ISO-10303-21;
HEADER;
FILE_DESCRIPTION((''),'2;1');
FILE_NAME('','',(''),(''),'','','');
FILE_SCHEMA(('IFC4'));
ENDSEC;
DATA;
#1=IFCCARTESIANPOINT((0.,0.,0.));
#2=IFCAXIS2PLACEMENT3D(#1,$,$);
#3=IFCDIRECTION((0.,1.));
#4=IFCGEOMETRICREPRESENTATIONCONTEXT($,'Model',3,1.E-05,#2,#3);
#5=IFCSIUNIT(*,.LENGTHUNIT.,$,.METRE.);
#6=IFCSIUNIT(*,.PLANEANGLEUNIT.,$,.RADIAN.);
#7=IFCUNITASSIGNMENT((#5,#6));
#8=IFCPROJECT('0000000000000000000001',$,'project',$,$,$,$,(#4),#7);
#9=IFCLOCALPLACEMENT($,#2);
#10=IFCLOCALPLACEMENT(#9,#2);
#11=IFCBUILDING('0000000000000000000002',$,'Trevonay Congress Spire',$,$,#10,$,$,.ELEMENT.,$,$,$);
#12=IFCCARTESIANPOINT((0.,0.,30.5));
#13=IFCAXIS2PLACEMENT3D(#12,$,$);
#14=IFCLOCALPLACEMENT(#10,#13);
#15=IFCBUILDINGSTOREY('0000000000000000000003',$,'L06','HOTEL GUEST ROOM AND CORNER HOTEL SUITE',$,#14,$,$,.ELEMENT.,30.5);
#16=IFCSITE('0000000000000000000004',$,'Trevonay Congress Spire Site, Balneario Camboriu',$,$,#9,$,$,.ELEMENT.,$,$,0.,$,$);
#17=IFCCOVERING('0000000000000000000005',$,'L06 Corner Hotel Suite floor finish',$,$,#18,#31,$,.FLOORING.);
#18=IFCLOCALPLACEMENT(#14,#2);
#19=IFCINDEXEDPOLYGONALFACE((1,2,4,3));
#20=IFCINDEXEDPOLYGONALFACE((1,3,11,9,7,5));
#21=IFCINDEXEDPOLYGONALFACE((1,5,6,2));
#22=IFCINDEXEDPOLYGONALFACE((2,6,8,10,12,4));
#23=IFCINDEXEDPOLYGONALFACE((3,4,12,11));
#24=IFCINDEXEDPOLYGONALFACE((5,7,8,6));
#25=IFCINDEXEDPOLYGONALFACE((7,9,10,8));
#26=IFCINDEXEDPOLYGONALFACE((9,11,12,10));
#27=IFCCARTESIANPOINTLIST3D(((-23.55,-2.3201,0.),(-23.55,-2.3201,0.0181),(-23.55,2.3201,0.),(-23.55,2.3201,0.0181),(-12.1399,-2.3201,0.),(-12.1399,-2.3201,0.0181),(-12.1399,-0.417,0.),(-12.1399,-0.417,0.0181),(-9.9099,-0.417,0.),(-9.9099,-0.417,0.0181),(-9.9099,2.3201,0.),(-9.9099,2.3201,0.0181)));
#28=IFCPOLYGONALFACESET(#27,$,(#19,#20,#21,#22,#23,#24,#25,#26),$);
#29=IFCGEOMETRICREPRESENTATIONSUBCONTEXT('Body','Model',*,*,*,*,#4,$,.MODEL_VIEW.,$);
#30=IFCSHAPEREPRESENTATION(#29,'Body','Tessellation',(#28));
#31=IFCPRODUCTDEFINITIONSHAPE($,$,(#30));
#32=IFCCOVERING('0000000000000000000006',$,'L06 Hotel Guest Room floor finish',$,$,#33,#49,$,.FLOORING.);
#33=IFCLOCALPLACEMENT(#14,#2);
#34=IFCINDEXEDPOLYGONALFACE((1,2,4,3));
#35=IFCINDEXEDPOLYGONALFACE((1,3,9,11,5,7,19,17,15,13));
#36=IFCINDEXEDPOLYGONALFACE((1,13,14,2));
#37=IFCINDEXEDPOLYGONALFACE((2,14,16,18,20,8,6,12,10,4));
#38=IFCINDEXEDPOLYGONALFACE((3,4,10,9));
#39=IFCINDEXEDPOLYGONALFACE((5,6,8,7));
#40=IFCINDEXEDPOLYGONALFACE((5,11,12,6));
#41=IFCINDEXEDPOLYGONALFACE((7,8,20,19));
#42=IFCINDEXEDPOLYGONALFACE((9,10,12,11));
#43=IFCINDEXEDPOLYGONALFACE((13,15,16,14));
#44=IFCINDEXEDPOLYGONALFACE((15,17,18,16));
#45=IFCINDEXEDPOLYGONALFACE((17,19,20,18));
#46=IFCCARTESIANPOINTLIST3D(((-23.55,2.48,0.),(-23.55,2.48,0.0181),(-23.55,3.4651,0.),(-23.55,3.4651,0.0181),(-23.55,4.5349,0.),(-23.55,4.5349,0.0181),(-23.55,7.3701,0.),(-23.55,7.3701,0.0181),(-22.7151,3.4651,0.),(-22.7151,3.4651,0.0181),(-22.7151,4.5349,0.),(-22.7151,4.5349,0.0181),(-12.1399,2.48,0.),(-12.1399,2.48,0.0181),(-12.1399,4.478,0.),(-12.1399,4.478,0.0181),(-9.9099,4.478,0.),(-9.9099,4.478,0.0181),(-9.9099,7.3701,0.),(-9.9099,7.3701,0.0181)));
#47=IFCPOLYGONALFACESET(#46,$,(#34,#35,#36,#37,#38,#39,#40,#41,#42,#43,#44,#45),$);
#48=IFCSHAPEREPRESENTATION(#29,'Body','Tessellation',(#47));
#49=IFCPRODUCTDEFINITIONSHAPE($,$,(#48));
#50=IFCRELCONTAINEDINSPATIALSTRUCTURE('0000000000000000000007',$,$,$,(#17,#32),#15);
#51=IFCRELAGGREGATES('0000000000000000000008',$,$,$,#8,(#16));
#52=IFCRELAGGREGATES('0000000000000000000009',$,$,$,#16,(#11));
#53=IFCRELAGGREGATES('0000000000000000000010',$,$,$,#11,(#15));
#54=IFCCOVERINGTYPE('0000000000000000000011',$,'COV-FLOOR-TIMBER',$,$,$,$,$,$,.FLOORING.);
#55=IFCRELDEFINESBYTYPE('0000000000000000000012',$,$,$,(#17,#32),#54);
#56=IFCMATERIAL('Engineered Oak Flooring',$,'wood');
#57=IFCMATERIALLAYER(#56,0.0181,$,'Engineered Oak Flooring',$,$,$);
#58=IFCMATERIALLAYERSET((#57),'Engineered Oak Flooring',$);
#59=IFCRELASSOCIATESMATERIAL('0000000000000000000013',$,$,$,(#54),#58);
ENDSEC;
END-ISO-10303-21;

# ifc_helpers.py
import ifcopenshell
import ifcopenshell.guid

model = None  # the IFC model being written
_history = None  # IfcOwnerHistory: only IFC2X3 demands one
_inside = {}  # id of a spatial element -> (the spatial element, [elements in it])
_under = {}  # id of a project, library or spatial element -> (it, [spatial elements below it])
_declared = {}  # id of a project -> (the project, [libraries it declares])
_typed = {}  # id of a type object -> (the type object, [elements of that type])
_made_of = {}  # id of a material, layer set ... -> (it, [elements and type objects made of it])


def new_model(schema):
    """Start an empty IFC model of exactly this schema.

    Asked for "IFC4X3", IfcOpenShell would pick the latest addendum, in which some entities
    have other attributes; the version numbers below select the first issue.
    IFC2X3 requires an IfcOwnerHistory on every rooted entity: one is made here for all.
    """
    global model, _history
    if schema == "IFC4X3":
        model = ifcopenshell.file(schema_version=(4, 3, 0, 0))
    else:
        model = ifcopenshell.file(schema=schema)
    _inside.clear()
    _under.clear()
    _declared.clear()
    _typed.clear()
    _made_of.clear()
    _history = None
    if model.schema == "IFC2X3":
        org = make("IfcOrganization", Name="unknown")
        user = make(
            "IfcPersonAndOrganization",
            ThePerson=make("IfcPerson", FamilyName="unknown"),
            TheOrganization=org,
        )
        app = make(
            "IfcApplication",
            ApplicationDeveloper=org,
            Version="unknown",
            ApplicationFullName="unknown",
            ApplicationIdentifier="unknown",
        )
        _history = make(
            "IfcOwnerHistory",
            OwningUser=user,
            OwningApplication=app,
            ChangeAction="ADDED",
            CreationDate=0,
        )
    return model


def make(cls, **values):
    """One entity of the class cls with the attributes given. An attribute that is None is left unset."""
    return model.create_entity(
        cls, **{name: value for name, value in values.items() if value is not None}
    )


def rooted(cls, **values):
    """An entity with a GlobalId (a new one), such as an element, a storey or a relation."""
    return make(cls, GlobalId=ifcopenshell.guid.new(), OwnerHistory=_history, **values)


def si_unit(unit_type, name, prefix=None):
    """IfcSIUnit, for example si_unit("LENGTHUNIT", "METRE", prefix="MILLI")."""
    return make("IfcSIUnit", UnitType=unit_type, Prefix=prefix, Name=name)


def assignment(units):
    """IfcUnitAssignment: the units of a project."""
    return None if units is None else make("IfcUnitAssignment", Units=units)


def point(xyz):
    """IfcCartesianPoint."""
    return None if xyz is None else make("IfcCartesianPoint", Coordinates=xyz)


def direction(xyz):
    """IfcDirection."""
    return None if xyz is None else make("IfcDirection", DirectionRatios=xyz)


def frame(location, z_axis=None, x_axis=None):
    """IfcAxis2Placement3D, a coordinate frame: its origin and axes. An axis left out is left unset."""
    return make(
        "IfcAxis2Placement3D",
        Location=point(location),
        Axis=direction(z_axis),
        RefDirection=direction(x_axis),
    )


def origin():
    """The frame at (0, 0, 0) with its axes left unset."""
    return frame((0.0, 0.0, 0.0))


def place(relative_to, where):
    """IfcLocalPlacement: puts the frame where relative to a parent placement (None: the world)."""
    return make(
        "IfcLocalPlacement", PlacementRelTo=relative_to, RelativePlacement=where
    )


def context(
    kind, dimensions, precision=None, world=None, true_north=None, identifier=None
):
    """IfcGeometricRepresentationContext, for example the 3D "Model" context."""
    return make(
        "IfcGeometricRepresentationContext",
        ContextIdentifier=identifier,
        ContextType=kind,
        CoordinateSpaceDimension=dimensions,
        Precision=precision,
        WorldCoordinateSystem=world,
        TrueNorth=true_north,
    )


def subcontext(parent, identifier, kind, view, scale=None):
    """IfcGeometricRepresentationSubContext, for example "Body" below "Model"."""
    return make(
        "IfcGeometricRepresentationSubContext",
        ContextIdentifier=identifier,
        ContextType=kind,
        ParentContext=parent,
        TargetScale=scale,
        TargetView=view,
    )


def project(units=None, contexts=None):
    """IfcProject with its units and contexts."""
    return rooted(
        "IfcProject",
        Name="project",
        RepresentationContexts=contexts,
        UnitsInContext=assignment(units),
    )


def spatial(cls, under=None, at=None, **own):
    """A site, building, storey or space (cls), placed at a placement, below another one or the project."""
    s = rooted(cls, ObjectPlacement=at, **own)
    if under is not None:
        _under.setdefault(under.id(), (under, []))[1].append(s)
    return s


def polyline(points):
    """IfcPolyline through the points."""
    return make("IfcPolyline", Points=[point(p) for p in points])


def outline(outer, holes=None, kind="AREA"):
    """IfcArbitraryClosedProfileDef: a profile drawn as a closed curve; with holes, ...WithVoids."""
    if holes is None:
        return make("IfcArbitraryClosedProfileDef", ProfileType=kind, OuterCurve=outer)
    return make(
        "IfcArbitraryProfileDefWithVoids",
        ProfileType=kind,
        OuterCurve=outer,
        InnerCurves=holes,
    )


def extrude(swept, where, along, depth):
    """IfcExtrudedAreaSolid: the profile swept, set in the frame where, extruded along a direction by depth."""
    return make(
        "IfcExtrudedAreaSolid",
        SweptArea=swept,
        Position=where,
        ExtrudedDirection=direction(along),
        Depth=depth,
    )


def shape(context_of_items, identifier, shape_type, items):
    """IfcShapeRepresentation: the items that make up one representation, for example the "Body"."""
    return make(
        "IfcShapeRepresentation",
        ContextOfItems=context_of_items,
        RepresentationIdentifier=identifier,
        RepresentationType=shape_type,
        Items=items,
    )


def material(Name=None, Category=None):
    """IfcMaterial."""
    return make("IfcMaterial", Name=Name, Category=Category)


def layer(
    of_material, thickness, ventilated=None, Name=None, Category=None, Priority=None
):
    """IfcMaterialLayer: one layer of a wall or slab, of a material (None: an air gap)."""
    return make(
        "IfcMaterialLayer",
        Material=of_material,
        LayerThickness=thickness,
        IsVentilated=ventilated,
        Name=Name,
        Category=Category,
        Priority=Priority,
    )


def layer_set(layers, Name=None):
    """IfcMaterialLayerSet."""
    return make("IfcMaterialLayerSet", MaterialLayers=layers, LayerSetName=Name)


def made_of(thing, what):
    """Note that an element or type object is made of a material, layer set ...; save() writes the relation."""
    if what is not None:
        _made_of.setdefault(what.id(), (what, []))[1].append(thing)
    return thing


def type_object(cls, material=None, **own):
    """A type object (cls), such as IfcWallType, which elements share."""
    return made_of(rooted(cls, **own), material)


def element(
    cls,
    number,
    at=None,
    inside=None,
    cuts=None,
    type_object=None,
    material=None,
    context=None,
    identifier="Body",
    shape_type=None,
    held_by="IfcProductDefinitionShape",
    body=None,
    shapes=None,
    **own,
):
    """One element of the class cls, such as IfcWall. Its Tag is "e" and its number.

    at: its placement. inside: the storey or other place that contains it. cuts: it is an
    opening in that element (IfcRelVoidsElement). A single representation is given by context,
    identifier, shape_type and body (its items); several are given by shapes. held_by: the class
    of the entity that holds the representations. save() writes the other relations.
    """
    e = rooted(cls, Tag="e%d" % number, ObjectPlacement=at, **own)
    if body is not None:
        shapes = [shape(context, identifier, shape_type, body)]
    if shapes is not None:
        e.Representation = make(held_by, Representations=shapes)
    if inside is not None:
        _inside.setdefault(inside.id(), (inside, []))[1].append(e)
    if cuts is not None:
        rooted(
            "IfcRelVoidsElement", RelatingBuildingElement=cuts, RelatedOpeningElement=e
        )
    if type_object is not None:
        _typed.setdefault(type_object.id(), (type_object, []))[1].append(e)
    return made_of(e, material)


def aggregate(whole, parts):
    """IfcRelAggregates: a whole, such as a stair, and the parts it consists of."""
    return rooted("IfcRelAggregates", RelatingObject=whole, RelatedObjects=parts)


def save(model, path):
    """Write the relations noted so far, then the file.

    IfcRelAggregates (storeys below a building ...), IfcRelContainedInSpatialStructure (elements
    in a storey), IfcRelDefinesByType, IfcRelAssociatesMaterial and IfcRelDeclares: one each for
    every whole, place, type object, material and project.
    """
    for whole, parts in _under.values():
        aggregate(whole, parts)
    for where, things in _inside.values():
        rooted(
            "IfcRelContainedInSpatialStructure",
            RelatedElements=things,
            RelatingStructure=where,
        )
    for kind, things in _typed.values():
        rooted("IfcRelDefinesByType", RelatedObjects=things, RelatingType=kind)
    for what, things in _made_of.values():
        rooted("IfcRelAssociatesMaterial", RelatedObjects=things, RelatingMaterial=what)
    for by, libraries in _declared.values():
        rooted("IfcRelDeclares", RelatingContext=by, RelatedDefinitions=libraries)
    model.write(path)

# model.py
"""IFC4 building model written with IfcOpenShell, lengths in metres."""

from ifc_helpers import new_model, si_unit, direction, frame, origin, place, context, subcontext, project, spatial, polyline, outline, extrude, material, layer, layer_set, type_object, element, save


model = new_model("IFC4")

# Units and contexts
model_context = context("Model", 3, precision=1e-05, world=origin(), true_north=direction((0.0, 1.0)))
body_context = subcontext(model_context, "Body", "Model", "MODEL_VIEW")
ifc_project = project(units=[si_unit("LENGTHUNIT", "METRE"), si_unit("PLANEANGLEUNIT", "RADIAN")], contexts=[model_context])

# Site, building, storey
site_placement = place(None, origin())
site = spatial("IfcSite", under=ifc_project, at=site_placement, Name="Trevonay Congress Spire Site, Balneario Camboriu", CompositionType="ELEMENT", RefElevation=0.0)
building_placement = place(site_placement, origin())
building = spatial("IfcBuilding", under=site, at=building_placement, Name="Trevonay Congress Spire", CompositionType="ELEMENT")
storey_placement = place(building_placement, frame((0.0, 0.0, 30.5)))
storey = spatial("IfcBuildingStorey", under=building, at=storey_placement, Name="L06", Description="HOTEL GUEST ROOM AND CORNER HOTEL SUITE", CompositionType="ELEMENT", Elevation=30.5)

# Coverings
ifc_material_1 = material(Name="Engineered Oak Flooring", Category="wood")
ifc_layer_1 = layer(ifc_material_1, 0.0181, Name="Engineered Oak Flooring")
ifc_layer_set_1 = layer_set([ifc_layer_1], Name="Engineered Oak Flooring")
covering_type_1 = type_object("IfcCoveringType", Name="COV-FLOOR-TIMBER", PredefinedType="FLOORING", material=ifc_layer_set_1)
covering_1_placement = place(storey_placement, origin())
element("IfcCovering", 1, at=covering_1_placement, inside=storey, type_object=covering_type_1, Name="L06 Corner Hotel Suite floor finish", PredefinedType="FLOORING", context=body_context, shape_type="SweptSolid", body=[
    extrude(outline(polyline([(-23.55, -2.3201), (-23.55, 2.3201), (-9.9099, 2.3201), (-9.9099, -0.417), (-12.1399, -0.417), (-12.1399, -2.3201), (-23.55, -2.3201)])), origin(), (0.0, 0.0, 1.0), 0.0181),
])
covering_2_placement = place(storey_placement, origin())
element("IfcCovering", 2, at=covering_2_placement, inside=storey, type_object=covering_type_1, Name="L06 Hotel Guest Room floor finish", PredefinedType="FLOORING", context=body_context, shape_type="SweptSolid", body=[
    extrude(outline(polyline([(-23.55, 3.4651), (-22.7151, 3.4651), (-22.7151, 4.5349), (-23.55, 4.5349), (-23.55, 7.3701), (-9.9099, 7.3701), (-9.9099, 4.478), (-12.1399, 4.478), (-12.1399, 2.48), (-23.55, 2.48), (-23.55, 3.4651)])), origin(), (0.0, 0.0, 1.0), 0.0181),
])

save(model, "model.ifc")
